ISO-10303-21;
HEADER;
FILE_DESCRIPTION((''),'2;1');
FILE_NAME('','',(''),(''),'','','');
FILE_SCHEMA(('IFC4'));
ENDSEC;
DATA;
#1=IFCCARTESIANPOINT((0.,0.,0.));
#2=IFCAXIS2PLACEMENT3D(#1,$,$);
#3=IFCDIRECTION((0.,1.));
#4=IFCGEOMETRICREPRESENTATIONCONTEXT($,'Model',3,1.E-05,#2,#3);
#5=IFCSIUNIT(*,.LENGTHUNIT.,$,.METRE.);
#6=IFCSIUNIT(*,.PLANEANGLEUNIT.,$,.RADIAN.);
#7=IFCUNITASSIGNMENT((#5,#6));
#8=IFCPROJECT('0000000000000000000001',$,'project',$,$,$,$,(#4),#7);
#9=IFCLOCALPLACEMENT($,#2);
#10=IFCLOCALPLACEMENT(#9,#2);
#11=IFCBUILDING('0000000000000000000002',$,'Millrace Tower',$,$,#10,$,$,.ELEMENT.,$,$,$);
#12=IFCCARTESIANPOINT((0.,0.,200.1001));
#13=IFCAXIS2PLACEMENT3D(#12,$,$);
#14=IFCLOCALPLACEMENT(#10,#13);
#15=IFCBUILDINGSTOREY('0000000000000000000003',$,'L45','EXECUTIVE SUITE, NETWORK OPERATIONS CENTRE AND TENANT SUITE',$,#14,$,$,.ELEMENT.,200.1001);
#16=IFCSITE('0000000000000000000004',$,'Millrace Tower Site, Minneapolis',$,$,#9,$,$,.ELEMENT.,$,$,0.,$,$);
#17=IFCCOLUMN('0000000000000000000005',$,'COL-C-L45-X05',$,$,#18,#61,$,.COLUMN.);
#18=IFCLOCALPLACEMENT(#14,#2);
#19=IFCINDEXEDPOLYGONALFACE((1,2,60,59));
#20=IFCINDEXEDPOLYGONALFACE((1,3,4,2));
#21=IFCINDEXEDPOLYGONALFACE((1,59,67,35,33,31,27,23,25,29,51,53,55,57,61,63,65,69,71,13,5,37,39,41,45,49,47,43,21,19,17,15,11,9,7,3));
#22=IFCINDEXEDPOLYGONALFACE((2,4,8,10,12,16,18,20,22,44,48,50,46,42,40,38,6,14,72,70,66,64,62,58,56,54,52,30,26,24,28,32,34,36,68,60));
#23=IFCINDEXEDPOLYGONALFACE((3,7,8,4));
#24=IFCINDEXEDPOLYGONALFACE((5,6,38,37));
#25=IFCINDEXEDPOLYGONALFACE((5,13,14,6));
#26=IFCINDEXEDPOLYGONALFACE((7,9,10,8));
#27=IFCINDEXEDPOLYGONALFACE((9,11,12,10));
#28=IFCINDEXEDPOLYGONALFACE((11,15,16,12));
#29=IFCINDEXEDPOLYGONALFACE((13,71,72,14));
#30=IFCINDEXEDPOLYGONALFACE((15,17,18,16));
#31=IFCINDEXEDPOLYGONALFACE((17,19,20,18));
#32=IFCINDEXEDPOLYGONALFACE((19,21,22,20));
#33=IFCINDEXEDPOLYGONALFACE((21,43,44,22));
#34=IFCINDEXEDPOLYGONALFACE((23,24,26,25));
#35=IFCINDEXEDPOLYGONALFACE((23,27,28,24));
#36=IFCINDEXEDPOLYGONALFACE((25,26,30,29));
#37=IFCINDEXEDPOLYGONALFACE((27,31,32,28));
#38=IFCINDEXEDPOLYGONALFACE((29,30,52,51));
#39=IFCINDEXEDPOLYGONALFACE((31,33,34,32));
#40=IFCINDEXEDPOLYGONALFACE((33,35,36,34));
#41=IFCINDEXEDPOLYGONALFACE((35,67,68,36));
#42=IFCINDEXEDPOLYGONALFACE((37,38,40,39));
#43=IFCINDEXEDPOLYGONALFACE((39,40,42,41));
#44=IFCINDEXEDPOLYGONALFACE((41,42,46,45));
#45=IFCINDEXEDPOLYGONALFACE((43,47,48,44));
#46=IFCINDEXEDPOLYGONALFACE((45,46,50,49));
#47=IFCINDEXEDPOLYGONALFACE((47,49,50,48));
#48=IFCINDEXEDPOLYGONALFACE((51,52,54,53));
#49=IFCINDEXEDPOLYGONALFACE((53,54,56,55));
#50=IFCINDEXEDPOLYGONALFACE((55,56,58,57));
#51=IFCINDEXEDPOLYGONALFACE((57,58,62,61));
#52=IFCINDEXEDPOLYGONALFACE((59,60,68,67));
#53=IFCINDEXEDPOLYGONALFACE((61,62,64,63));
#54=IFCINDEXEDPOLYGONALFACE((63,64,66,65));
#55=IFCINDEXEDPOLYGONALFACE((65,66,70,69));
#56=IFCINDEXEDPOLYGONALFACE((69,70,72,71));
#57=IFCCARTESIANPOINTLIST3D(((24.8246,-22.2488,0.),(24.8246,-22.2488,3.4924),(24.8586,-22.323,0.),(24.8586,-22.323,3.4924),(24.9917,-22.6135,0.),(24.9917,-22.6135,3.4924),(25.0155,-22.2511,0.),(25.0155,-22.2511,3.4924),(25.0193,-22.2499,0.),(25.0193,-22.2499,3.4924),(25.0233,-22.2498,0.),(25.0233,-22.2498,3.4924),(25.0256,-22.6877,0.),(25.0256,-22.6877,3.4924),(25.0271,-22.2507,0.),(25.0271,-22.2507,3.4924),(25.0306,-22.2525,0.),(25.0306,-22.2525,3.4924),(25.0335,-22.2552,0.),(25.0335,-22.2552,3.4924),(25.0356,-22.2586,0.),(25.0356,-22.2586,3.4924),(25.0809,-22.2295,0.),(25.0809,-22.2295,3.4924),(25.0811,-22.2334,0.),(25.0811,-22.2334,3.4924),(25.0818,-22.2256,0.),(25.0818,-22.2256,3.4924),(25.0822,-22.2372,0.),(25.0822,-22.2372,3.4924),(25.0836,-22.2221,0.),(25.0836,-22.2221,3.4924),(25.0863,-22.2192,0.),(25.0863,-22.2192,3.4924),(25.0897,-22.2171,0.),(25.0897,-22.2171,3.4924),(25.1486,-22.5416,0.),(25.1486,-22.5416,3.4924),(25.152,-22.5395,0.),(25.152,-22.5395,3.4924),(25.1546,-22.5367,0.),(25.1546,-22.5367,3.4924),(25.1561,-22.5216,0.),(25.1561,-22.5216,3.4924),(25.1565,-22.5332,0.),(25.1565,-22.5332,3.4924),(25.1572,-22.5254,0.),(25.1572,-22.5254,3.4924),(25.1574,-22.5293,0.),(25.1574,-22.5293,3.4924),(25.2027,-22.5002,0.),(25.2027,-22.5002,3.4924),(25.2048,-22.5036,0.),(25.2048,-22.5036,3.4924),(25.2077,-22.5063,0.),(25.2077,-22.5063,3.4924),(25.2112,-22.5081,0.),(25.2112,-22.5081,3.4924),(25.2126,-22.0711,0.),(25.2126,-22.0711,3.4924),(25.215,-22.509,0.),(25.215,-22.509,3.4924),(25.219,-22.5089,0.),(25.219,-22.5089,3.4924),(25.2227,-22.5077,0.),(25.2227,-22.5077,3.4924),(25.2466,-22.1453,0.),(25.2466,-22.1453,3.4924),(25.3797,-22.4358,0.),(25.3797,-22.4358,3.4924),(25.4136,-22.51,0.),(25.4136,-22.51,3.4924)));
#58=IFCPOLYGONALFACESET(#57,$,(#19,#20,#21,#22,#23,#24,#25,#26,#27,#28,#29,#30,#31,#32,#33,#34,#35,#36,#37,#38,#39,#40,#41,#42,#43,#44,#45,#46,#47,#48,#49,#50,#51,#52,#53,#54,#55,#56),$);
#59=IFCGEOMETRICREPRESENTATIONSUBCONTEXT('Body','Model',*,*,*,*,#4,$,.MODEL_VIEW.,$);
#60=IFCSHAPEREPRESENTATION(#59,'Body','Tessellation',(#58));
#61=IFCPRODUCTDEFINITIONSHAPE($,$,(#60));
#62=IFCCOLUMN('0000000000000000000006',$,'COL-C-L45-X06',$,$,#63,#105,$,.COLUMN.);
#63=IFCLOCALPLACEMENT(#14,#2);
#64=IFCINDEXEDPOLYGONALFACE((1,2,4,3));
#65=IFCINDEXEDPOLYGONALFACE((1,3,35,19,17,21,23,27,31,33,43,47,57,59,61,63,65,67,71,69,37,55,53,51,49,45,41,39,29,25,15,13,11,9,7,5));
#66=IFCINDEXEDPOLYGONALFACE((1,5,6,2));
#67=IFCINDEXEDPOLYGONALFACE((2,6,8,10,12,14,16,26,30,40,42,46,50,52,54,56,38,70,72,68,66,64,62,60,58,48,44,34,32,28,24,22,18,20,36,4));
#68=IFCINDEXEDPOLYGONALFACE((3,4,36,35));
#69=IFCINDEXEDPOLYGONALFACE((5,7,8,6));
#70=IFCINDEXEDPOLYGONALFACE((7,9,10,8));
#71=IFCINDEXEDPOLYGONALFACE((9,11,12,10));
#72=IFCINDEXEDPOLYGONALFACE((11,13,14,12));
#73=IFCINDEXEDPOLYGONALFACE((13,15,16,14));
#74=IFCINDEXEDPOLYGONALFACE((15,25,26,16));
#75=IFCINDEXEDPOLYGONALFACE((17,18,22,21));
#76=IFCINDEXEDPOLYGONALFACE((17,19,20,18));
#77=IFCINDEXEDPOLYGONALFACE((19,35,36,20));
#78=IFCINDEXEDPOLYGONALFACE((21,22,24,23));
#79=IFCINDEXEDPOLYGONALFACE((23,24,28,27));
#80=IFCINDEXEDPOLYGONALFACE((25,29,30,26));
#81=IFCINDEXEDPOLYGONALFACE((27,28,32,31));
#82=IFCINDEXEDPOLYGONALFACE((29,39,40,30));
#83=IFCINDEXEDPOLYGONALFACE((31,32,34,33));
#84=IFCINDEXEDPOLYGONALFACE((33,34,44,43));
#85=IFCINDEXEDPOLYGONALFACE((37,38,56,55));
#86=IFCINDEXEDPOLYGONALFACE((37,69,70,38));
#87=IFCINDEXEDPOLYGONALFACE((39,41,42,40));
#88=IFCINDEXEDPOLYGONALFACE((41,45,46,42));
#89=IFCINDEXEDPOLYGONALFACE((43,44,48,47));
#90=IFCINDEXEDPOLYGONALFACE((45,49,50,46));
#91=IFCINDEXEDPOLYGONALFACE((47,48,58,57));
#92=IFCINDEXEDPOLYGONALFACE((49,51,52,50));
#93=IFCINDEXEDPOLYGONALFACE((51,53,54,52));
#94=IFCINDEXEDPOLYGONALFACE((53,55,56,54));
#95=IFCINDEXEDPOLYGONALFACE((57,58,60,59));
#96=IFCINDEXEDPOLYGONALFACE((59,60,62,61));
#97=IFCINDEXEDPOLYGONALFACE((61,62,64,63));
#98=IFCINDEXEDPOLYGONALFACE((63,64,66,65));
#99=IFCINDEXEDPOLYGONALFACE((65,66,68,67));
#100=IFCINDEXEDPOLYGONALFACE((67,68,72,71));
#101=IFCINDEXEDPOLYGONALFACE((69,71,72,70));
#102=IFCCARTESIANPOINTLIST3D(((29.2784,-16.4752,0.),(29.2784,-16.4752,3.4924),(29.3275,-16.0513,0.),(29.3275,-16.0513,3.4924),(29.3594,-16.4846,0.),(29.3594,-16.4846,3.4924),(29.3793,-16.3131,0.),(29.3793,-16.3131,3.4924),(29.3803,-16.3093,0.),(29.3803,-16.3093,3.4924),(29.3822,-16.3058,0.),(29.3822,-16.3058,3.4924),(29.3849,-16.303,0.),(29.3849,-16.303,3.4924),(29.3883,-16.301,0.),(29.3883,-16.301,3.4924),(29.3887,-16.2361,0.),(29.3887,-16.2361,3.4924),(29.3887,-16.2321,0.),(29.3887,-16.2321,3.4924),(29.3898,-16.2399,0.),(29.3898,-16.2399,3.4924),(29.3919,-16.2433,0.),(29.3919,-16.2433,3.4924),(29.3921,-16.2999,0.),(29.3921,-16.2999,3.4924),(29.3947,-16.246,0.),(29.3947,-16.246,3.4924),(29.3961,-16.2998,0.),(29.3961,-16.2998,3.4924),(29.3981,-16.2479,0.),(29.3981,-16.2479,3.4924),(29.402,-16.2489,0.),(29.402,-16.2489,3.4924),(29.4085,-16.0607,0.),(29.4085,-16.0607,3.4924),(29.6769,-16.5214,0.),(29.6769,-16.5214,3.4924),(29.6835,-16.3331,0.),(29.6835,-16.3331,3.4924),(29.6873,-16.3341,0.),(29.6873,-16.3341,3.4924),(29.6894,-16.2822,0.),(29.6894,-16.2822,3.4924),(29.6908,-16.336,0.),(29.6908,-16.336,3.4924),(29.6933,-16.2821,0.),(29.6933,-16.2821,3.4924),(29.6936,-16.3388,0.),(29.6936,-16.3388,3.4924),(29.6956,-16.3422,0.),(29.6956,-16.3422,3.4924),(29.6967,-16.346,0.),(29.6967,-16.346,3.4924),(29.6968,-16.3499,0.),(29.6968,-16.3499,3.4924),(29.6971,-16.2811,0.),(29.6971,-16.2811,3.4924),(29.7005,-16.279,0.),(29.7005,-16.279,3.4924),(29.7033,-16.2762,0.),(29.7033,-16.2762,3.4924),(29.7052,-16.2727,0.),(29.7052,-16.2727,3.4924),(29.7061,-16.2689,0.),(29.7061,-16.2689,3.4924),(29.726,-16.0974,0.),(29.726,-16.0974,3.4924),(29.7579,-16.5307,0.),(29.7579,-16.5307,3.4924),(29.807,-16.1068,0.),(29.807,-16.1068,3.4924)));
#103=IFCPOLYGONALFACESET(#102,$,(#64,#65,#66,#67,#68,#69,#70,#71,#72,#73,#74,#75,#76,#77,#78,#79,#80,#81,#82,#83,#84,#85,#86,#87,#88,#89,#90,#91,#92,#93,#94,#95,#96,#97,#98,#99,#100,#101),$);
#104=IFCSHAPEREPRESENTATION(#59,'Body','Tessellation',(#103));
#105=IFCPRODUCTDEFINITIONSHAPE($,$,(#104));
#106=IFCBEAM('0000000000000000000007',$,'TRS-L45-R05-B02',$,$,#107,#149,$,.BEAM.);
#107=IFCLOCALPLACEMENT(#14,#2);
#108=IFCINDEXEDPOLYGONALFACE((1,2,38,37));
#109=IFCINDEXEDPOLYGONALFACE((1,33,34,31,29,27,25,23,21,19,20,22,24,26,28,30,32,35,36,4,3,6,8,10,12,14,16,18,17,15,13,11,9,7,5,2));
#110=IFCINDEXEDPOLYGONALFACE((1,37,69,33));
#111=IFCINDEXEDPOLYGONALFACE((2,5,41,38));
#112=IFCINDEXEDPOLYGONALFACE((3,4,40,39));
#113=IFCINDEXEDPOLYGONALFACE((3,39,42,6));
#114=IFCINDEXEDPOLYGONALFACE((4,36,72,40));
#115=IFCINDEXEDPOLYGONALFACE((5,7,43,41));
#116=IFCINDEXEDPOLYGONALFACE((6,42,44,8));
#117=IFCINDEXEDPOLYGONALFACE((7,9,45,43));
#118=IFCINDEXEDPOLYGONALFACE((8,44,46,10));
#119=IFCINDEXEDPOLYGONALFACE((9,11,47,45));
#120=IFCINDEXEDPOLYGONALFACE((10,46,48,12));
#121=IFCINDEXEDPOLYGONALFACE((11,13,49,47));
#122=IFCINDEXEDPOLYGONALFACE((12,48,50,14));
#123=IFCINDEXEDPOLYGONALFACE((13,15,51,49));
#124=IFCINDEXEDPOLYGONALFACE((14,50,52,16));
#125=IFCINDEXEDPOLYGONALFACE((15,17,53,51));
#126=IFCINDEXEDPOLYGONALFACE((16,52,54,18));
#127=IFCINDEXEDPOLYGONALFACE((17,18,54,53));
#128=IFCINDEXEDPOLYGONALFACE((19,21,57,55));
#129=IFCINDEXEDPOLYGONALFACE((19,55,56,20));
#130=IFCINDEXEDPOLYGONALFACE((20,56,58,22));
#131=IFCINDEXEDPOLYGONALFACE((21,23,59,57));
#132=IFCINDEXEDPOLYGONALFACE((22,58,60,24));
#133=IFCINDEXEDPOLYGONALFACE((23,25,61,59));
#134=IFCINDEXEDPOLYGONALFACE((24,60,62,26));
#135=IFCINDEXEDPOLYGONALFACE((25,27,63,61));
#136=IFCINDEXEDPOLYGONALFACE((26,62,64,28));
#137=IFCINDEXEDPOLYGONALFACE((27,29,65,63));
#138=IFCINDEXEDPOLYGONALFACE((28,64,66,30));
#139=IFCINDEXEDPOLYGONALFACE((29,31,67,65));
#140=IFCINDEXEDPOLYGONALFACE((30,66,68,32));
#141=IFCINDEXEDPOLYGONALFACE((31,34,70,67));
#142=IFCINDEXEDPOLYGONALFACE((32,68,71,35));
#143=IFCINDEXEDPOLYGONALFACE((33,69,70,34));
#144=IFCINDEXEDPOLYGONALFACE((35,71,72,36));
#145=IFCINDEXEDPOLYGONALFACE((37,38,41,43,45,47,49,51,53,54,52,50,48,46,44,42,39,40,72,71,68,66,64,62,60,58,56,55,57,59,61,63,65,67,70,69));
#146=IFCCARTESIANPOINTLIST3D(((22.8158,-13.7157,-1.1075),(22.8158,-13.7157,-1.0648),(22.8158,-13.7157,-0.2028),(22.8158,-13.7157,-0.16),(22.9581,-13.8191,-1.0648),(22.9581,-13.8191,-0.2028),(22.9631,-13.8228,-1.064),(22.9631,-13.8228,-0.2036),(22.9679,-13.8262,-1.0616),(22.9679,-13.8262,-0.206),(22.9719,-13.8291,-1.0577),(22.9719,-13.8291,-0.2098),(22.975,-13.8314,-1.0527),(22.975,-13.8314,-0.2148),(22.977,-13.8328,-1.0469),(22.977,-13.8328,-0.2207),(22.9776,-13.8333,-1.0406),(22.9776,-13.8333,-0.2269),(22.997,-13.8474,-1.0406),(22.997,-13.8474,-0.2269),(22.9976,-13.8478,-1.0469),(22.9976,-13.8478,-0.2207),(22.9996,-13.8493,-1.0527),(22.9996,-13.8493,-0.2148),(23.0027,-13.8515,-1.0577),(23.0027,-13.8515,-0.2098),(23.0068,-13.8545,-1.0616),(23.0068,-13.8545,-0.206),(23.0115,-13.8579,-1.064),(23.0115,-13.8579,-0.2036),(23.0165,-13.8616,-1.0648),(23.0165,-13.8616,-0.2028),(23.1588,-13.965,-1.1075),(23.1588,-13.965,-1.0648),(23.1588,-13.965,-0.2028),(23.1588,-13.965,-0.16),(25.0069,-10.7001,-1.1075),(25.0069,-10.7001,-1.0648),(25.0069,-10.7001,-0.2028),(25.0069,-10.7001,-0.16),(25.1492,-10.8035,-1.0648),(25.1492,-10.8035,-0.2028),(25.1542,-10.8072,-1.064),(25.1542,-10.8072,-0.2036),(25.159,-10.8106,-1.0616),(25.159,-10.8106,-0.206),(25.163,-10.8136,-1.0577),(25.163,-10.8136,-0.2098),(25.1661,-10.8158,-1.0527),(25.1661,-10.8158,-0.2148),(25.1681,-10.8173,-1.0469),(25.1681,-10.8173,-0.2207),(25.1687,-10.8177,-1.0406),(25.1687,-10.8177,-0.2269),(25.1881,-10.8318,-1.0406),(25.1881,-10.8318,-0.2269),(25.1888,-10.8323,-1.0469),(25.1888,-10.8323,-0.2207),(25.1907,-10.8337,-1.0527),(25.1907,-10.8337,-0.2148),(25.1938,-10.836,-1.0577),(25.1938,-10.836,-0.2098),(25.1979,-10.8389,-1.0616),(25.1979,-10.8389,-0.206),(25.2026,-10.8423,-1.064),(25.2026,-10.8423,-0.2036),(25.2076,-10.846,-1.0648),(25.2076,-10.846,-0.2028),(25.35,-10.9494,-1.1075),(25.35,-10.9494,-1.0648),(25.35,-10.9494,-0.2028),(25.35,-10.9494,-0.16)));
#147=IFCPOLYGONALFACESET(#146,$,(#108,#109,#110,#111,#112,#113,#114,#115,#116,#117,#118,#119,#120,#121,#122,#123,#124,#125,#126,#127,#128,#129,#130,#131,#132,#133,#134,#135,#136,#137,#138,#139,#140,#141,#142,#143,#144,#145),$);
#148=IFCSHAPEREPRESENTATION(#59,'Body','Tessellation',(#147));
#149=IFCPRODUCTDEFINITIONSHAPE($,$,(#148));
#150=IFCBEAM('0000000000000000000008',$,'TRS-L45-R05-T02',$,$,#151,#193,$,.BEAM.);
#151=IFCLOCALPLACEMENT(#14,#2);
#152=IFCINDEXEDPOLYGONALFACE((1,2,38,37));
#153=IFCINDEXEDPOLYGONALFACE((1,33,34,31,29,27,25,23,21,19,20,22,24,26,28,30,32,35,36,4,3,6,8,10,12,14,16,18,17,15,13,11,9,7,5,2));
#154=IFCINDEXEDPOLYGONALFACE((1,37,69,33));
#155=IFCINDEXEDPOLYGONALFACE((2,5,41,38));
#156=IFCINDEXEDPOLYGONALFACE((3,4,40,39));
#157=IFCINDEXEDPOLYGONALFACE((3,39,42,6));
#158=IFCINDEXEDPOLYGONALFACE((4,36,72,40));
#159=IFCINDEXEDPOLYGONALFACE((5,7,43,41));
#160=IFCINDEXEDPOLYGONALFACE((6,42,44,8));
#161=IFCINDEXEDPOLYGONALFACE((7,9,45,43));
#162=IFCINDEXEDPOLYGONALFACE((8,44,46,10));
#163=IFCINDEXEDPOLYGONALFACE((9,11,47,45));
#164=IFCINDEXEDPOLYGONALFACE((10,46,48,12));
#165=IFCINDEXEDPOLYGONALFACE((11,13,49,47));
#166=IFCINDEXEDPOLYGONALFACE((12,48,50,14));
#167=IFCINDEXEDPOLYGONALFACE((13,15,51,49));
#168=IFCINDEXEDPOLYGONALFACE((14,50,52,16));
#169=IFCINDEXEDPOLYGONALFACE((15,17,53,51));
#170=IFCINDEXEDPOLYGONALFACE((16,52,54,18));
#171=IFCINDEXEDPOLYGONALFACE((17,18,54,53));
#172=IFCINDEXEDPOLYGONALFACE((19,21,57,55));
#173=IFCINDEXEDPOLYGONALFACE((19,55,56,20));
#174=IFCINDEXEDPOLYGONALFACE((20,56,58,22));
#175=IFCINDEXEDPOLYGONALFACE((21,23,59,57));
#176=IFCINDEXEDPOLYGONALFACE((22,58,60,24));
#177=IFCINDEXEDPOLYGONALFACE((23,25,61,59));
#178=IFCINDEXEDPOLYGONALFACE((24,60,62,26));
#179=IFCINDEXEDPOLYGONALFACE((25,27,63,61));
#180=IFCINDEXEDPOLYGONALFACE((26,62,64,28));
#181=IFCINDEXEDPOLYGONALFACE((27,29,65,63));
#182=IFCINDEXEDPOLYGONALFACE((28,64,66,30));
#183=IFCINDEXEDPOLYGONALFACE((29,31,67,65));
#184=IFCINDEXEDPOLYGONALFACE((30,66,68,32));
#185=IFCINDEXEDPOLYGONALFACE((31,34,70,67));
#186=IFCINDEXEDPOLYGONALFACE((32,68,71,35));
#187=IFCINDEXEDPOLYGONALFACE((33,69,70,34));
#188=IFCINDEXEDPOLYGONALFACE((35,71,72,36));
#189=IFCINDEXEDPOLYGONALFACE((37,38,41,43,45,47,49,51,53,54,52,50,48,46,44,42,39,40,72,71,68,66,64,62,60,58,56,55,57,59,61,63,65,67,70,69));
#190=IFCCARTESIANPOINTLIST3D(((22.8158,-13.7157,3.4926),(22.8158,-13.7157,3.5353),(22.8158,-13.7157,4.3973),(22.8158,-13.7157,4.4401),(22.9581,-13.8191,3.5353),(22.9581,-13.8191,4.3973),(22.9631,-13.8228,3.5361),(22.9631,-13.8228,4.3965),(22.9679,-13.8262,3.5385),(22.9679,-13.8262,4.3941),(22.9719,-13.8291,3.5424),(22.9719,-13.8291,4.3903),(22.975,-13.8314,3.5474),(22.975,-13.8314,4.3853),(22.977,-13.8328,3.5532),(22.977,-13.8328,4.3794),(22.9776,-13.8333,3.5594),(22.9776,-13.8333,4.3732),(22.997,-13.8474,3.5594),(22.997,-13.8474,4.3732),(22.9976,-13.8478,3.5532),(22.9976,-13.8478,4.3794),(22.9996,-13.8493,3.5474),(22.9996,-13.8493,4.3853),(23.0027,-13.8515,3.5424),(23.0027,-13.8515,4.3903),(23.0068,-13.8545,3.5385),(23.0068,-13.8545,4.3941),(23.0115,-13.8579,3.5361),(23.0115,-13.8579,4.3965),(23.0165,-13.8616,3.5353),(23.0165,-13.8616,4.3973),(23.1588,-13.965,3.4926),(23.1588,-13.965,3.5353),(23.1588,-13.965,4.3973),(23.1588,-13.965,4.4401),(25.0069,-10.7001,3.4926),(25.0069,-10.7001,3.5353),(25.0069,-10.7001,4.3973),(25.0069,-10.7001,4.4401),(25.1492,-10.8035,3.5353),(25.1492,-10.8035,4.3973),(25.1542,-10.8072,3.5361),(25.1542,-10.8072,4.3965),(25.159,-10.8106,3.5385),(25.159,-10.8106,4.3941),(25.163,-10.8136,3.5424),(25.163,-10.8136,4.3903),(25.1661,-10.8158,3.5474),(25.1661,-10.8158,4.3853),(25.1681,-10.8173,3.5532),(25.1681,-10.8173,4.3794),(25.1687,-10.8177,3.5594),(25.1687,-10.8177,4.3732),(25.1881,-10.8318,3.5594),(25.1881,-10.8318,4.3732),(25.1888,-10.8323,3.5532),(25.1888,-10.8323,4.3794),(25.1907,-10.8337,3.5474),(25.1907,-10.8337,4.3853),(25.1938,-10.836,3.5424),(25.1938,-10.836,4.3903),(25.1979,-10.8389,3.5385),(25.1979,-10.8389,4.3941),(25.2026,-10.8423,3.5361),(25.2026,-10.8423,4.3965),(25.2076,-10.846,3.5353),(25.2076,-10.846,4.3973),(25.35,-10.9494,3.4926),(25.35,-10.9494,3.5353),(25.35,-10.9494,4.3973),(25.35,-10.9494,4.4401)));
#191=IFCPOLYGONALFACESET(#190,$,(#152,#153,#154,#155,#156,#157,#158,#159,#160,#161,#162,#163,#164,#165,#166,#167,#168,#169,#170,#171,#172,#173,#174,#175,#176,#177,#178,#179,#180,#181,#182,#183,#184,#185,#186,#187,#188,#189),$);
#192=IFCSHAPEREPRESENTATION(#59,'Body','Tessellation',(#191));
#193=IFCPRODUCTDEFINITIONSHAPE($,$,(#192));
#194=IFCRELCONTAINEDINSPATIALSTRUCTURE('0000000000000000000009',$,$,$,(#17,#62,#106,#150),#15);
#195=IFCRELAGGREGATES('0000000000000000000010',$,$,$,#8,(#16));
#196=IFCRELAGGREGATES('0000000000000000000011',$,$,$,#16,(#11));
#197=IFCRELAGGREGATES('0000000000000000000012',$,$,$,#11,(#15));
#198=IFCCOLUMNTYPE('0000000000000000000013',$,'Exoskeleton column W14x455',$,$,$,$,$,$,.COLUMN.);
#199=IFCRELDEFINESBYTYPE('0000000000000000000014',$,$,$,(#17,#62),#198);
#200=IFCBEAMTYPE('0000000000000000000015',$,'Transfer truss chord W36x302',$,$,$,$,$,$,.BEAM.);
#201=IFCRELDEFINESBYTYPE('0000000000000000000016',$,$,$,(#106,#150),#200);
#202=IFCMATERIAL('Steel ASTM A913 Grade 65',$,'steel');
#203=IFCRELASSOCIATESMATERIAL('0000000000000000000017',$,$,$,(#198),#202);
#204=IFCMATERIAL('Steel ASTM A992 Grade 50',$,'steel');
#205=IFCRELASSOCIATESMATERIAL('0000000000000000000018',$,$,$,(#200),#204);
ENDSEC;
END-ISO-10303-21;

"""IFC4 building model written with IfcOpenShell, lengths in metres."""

from ifc_helpers import new_model, si_unit, direction, frame, origin, origin_2d, place, context, subcontext, project, spatial, i_section, extrude, material, material_profile, profile_set, type_object, element, save


model = new_model("IFC4")

# Units and contexts
model_context = context("Model", 3, precision=1e-05, world=origin(), true_north=direction((0.0, 1.0)))
body_context = subcontext(model_context, "Body", "Model", "MODEL_VIEW")
ifc_project = project(units=[si_unit("LENGTHUNIT", "METRE"), si_unit("PLANEANGLEUNIT", "RADIAN")], contexts=[model_context])

# Site, building, storey
site_placement = place(None, origin())
site = spatial("IfcSite", under=ifc_project, at=site_placement, Name="Millrace Tower Site, Minneapolis", CompositionType="ELEMENT", RefElevation=0.0)
building_placement = place(site_placement, origin())
building = spatial("IfcBuilding", under=site, at=building_placement, Name="Millrace Tower", CompositionType="ELEMENT")
storey_placement = place(building_placement, frame((0.0, 0.0, 200.1001)))
storey = spatial("IfcBuildingStorey", under=building, at=storey_placement, Name="L45", Description="EXECUTIVE SUITE, NETWORK OPERATIONS CENTRE AND TENANT SUITE", CompositionType="ELEMENT", Elevation=200.1001)

# Columns
ifc_material_1 = material(Name="Steel ASTM A913 Grade 65", Category="steel")
ifc_material_profile_1 = material_profile(ifc_material_1, i_section(OverallWidth=0.4268, OverallDepth=0.4827, WebThickness=0.0513, FlangeThickness=0.0815, FilletRadius=0.0151, at=origin_2d()))
ifc_profile_set_1 = profile_set([ifc_material_profile_1], Name="Steel ASTM A913 Grade 65")
column_type = type_object("IfcColumnType", Name="Exoskeleton column W14x455", PredefinedType="COLUMN", material=ifc_profile_set_1)
for number, where, z_axis, x_axis, name in (
    (1, (25.1191, -22.3794, 0.0), (0.0, 0.0, 1.0), (0.909181, 0.416401, 0.0), "COL-C-L45-X05"),
    (2, (29.5427, -16.291, 0.0), (0.0, 0.0, 1.0), (0.115069, 0.993358, 0.0), "COL-C-L45-X06"),
):
    element("IfcColumn", number, at=place(storey_placement, frame(where, z_axis=z_axis, x_axis=x_axis)), inside=storey, type_object=column_type, Name=name, PredefinedType="COLUMN", context=body_context, shape_type="SweptSolid", body=[
        extrude(i_section(OverallWidth=0.4268, OverallDepth=0.4827, WebThickness=0.0513, FlangeThickness=0.0815, FilletRadius=0.0151, at=origin_2d()), origin(), (0.0, 0.0, 1.0), 3.4924),
    ])

# Beams
ifc_material_2 = material(Name="Steel ASTM A992 Grade 50", Category="steel")
ifc_material_profile_2 = material_profile(ifc_material_2, i_section(OverallWidth=0.4241, OverallDepth=0.9475, WebThickness=0.0239, FlangeThickness=0.0427, FilletRadius=0.0242, at=origin_2d()))
ifc_profile_set_2 = profile_set([ifc_material_profile_2], Name="Steel ASTM A992 Grade 50")
beam_type = type_object("IfcBeamType", Name="Transfer truss chord W36x302", PredefinedType="BEAM", material=ifc_profile_set_2)
for number, where, z_axis, x_axis, name in (
    (3, (22.9873, -13.8403, -0.6338), (0.587817, 0.808994, 0.0), (-0.808994, 0.587817, 0.0), "TRS-L45-R05-B02"),
    (4, (22.9873, -13.8403, 3.9663), (0.587817, 0.808994, 0.0), (-0.808994, 0.587817, 0.0), "TRS-L45-R05-T02"),
):
    element("IfcBeam", number, at=place(storey_placement, frame(where, z_axis=z_axis, x_axis=x_axis)), inside=storey, type_object=beam_type, Name=name, PredefinedType="BEAM", context=body_context, shape_type="SweptSolid", body=[
        extrude(i_section(OverallWidth=0.4241, OverallDepth=0.9475, WebThickness=0.0239, FlangeThickness=0.0427, FilletRadius=0.0242, at=origin_2d()), origin(), (0.0, 0.0, 1.0), 3.7275),
    ])

save(model, "model.ifc")
